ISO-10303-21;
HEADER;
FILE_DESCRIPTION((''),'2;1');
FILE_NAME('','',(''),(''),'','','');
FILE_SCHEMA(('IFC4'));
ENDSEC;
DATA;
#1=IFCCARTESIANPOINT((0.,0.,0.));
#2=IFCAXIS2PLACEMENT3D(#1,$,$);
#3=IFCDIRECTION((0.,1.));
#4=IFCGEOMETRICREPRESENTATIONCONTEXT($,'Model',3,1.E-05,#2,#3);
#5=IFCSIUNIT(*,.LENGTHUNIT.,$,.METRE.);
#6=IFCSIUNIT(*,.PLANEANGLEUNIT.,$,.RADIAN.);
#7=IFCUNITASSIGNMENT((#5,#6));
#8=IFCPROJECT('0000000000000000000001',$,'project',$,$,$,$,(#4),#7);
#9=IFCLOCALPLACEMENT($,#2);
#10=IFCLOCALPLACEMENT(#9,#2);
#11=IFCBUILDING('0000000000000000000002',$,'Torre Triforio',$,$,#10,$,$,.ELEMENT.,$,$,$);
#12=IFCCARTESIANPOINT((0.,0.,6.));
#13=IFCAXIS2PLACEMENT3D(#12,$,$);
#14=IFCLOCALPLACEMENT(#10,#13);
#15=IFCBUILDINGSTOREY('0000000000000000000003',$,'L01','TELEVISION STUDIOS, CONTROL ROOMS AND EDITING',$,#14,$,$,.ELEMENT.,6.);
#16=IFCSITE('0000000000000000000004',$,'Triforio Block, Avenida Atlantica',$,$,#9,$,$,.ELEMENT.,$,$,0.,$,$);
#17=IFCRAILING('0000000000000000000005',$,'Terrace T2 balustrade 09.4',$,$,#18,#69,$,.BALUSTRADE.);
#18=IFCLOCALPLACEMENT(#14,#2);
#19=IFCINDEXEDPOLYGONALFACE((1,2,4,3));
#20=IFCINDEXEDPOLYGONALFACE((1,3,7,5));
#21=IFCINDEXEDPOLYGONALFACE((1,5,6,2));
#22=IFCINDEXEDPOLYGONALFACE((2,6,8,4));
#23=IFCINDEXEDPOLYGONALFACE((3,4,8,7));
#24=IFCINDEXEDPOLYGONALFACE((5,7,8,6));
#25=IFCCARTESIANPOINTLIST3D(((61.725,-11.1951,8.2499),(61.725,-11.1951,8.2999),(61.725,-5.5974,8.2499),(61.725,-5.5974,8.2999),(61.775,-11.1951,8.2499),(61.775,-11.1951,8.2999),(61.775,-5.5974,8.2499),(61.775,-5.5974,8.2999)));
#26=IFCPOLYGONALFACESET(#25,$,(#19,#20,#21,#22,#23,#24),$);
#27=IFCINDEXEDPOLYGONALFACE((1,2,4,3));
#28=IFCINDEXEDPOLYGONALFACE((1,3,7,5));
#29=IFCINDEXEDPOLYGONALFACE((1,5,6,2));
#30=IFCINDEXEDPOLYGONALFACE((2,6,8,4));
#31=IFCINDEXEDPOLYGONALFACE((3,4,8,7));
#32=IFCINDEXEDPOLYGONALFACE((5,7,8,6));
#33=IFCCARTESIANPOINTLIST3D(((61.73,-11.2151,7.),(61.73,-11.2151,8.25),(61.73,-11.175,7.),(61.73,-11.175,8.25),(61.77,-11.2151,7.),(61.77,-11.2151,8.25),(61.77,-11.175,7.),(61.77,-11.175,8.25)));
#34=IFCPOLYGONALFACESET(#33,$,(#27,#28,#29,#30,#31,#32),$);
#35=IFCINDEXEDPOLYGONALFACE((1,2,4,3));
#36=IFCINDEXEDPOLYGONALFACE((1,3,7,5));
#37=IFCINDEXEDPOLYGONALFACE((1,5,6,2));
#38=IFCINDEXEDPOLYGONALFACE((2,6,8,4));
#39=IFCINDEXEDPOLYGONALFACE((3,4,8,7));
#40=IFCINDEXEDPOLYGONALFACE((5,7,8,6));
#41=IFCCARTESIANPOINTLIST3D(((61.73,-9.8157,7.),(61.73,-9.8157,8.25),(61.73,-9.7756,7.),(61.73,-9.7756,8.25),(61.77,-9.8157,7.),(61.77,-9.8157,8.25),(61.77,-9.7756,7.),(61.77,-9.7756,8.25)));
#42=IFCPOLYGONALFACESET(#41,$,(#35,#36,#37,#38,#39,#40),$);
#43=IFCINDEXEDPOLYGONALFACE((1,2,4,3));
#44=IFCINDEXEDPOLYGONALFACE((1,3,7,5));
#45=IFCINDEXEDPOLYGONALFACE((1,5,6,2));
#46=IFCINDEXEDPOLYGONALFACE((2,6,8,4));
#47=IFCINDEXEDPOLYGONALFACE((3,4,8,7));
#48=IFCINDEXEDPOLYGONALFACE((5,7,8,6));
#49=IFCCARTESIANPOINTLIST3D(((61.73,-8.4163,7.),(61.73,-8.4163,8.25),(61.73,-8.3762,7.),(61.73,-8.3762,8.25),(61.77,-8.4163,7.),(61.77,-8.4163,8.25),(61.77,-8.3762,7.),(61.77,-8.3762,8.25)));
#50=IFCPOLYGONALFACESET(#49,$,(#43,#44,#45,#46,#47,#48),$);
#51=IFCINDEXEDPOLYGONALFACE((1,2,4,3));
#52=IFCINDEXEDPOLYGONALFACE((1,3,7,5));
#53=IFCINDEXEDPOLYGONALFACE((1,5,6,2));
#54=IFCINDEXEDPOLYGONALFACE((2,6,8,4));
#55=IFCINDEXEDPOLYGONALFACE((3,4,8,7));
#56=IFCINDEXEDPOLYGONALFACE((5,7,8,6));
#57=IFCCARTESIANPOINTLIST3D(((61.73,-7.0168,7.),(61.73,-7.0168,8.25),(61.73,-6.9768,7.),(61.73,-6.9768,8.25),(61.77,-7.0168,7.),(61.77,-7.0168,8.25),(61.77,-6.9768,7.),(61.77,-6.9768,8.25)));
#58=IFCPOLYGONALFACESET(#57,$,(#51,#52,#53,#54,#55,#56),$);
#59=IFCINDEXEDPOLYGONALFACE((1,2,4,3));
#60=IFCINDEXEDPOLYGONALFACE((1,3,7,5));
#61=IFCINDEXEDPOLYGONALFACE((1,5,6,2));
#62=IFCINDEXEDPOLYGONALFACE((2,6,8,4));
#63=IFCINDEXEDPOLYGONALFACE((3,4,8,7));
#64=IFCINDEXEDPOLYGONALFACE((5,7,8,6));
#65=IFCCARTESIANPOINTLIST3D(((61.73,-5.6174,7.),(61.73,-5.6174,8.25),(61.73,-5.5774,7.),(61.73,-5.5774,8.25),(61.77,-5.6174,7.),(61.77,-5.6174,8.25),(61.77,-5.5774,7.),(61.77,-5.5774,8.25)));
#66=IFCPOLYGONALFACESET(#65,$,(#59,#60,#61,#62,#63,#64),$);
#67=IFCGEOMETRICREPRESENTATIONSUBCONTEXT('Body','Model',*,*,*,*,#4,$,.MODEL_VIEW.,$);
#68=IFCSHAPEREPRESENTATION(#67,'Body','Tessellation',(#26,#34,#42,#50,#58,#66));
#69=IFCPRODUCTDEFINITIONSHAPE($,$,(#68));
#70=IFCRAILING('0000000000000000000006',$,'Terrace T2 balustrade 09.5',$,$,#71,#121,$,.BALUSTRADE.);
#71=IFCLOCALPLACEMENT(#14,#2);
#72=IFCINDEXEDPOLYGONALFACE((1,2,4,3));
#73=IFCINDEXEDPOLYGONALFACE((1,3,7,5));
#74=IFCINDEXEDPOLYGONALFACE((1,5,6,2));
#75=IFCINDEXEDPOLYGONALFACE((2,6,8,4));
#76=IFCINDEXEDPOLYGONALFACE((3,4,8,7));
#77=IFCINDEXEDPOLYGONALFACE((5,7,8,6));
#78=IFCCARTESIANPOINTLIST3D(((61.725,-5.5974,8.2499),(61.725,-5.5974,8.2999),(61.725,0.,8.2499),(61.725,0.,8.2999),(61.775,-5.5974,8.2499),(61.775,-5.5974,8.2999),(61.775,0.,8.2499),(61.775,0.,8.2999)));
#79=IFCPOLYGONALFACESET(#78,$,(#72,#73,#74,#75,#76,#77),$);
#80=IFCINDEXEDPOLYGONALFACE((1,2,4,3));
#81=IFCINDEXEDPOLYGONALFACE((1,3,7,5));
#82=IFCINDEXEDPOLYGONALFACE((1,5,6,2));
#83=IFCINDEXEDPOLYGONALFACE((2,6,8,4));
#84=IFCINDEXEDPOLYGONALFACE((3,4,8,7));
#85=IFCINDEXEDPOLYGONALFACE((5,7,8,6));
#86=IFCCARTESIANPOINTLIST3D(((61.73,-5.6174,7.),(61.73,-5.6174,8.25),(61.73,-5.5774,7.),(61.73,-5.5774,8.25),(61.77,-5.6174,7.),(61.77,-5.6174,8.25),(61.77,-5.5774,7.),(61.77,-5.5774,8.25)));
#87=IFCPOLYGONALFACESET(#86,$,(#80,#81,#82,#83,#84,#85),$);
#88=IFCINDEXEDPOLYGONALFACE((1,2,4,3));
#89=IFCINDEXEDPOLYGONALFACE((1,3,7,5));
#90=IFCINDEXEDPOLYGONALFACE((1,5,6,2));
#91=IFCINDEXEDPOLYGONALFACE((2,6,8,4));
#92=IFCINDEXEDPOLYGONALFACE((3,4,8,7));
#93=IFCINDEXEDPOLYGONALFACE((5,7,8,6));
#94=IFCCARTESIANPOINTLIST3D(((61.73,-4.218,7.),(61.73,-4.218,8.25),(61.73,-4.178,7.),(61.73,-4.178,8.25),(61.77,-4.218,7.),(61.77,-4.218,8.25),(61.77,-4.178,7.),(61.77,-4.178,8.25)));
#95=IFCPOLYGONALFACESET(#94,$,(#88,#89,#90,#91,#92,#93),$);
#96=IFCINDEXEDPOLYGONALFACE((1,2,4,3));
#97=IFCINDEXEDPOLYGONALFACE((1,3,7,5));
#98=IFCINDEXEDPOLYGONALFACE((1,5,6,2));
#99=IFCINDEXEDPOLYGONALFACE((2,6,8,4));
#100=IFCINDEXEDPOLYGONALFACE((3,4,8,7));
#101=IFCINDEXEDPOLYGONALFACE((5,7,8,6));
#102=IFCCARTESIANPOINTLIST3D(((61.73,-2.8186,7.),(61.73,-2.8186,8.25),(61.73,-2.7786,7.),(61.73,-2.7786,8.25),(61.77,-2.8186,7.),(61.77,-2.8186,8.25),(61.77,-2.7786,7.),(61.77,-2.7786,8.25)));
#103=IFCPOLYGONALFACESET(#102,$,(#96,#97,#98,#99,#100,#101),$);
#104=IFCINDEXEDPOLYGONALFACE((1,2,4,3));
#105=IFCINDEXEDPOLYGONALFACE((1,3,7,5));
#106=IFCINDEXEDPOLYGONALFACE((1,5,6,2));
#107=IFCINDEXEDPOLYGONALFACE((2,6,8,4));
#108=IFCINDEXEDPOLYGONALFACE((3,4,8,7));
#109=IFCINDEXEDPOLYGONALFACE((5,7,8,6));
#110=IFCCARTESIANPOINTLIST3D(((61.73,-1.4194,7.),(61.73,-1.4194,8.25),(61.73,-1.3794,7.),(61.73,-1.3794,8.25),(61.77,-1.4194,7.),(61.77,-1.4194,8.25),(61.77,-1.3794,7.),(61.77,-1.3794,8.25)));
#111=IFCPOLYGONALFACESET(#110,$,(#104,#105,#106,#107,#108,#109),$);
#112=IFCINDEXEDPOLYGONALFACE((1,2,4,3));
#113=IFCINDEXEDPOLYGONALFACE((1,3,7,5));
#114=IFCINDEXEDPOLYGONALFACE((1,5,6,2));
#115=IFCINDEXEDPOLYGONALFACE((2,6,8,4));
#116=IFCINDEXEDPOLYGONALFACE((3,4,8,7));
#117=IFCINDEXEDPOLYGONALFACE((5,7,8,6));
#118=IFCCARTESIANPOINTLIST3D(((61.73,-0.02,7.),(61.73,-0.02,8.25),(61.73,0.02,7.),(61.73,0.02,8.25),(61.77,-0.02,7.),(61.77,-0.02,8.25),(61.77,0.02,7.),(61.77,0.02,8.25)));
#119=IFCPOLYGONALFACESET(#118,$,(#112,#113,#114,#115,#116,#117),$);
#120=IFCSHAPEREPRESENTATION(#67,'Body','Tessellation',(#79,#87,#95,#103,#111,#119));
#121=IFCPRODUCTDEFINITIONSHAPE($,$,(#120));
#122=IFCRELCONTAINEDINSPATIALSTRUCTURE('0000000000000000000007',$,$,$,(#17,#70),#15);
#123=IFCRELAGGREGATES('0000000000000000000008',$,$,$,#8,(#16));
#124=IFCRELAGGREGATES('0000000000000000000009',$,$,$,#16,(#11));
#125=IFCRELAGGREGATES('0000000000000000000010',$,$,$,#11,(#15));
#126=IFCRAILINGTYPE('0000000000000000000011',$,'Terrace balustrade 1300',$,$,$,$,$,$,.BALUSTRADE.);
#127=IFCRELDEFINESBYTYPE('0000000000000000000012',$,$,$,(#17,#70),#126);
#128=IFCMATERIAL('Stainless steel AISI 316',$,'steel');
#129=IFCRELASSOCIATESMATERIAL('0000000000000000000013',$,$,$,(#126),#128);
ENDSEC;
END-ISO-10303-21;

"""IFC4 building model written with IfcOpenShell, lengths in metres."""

from ifc_helpers import new_model, si_unit, direction, frame, origin, origin_2d, place, context, subcontext, project, spatial, rectangle, extrude, material, type_object, element, save


model = new_model("IFC4")

# Units and contexts
model_context = context("Model", 3, precision=1e-05, world=origin(), true_north=direction((0.0, 1.0)))
body_context = subcontext(model_context, "Body", "Model", "MODEL_VIEW")
ifc_project = project(units=[si_unit("LENGTHUNIT", "METRE"), si_unit("PLANEANGLEUNIT", "RADIAN")], contexts=[model_context])

# Site, building, storey
site_placement = place(None, origin())
site = spatial("IfcSite", under=ifc_project, at=site_placement, Name="Triforio Block, Avenida Atlantica", CompositionType="ELEMENT", RefElevation=0.0)
building_placement = place(site_placement, origin())
building = spatial("IfcBuilding", under=site, at=building_placement, Name="Torre Triforio", CompositionType="ELEMENT")
storey_placement = place(building_placement, frame((0.0, 0.0, 6.0)))
storey = spatial("IfcBuildingStorey", under=building, at=storey_placement, Name="L01", Description="TELEVISION STUDIOS, CONTROL ROOMS AND EDITING", CompositionType="ELEMENT", Elevation=6.0)

# Railings
ifc_material_1 = material(Name="Stainless steel AISI 316", Category="steel")
railing_type = type_object("IfcRailingType", Name="Terrace balustrade 1300", PredefinedType="BALUSTRADE", material=ifc_material_1)
railing_1_placement = place(storey_placement, frame((61.75, -11.1951, 7.0)))
element("IfcRailing", 1, at=railing_1_placement, inside=storey, type_object=railing_type, Name="Terrace T2 balustrade 09.4", PredefinedType="BALUSTRADE", context=body_context, shape_type="SweptSolid", body=[
    extrude(rectangle(XDim=0.05, YDim=0.05, at=origin_2d()), frame((0.0, 0.0, 1.2749), z_axis=(0.0, 1.0, 0.0), x_axis=(-1.0, 0.0, 0.0)), (0.0, 0.0, 1.0), 5.5977),
    extrude(rectangle(XDim=0.04, YDim=0.04, at=origin_2d()), origin(), (0.0, 0.0, 1.0), 1.25),
    extrude(rectangle(XDim=0.04, YDim=0.04, at=origin_2d()), frame((0.0, 1.3994, 0.0)), (0.0, 0.0, 1.0), 1.25),
    extrude(rectangle(XDim=0.04, YDim=0.04, at=origin_2d()), frame((0.0, 2.7988, 0.0)), (0.0, 0.0, 1.0), 1.25),
    extrude(rectangle(XDim=0.04, YDim=0.04, at=origin_2d()), frame((0.0, 4.1982, 0.0)), (0.0, 0.0, 1.0), 1.25),
    extrude(rectangle(XDim=0.04, YDim=0.04, at=origin_2d()), frame((0.0, 5.5977, 0.0)), (0.0, 0.0, 1.0), 1.25),
])
railing_2_placement = place(storey_placement, frame((61.75, -5.5974, 7.0)))
element("IfcRailing", 2, at=railing_2_placement, inside=storey, type_object=railing_type, Name="Terrace T2 balustrade 09.5", PredefinedType="BALUSTRADE", context=body_context, shape_type="SweptSolid", body=[
    extrude(rectangle(XDim=0.05, YDim=0.05, at=origin_2d()), frame((0.0, 0.0, 1.2749), z_axis=(0.0, 1.0, 0.0), x_axis=(-1.0, 0.0, 0.0)), (0.0, 0.0, 1.0), 5.5974),
    extrude(rectangle(XDim=0.04, YDim=0.04, at=origin_2d()), origin(), (0.0, 0.0, 1.0), 1.25),
    extrude(rectangle(XDim=0.04, YDim=0.04, at=origin_2d()), frame((0.0, 1.3994, 0.0)), (0.0, 0.0, 1.0), 1.25),
    extrude(rectangle(XDim=0.04, YDim=0.04, at=origin_2d()), frame((0.0, 2.7988, 0.0)), (0.0, 0.0, 1.0), 1.25),
    extrude(rectangle(XDim=0.04, YDim=0.04, at=origin_2d()), frame((0.0, 4.198, 0.0)), (0.0, 0.0, 1.0), 1.25),
    extrude(rectangle(XDim=0.04, YDim=0.04, at=origin_2d()), frame((0.0, 5.5974, 0.0)), (0.0, 0.0, 1.0), 1.25),
])

save(model, "model.ifc")
